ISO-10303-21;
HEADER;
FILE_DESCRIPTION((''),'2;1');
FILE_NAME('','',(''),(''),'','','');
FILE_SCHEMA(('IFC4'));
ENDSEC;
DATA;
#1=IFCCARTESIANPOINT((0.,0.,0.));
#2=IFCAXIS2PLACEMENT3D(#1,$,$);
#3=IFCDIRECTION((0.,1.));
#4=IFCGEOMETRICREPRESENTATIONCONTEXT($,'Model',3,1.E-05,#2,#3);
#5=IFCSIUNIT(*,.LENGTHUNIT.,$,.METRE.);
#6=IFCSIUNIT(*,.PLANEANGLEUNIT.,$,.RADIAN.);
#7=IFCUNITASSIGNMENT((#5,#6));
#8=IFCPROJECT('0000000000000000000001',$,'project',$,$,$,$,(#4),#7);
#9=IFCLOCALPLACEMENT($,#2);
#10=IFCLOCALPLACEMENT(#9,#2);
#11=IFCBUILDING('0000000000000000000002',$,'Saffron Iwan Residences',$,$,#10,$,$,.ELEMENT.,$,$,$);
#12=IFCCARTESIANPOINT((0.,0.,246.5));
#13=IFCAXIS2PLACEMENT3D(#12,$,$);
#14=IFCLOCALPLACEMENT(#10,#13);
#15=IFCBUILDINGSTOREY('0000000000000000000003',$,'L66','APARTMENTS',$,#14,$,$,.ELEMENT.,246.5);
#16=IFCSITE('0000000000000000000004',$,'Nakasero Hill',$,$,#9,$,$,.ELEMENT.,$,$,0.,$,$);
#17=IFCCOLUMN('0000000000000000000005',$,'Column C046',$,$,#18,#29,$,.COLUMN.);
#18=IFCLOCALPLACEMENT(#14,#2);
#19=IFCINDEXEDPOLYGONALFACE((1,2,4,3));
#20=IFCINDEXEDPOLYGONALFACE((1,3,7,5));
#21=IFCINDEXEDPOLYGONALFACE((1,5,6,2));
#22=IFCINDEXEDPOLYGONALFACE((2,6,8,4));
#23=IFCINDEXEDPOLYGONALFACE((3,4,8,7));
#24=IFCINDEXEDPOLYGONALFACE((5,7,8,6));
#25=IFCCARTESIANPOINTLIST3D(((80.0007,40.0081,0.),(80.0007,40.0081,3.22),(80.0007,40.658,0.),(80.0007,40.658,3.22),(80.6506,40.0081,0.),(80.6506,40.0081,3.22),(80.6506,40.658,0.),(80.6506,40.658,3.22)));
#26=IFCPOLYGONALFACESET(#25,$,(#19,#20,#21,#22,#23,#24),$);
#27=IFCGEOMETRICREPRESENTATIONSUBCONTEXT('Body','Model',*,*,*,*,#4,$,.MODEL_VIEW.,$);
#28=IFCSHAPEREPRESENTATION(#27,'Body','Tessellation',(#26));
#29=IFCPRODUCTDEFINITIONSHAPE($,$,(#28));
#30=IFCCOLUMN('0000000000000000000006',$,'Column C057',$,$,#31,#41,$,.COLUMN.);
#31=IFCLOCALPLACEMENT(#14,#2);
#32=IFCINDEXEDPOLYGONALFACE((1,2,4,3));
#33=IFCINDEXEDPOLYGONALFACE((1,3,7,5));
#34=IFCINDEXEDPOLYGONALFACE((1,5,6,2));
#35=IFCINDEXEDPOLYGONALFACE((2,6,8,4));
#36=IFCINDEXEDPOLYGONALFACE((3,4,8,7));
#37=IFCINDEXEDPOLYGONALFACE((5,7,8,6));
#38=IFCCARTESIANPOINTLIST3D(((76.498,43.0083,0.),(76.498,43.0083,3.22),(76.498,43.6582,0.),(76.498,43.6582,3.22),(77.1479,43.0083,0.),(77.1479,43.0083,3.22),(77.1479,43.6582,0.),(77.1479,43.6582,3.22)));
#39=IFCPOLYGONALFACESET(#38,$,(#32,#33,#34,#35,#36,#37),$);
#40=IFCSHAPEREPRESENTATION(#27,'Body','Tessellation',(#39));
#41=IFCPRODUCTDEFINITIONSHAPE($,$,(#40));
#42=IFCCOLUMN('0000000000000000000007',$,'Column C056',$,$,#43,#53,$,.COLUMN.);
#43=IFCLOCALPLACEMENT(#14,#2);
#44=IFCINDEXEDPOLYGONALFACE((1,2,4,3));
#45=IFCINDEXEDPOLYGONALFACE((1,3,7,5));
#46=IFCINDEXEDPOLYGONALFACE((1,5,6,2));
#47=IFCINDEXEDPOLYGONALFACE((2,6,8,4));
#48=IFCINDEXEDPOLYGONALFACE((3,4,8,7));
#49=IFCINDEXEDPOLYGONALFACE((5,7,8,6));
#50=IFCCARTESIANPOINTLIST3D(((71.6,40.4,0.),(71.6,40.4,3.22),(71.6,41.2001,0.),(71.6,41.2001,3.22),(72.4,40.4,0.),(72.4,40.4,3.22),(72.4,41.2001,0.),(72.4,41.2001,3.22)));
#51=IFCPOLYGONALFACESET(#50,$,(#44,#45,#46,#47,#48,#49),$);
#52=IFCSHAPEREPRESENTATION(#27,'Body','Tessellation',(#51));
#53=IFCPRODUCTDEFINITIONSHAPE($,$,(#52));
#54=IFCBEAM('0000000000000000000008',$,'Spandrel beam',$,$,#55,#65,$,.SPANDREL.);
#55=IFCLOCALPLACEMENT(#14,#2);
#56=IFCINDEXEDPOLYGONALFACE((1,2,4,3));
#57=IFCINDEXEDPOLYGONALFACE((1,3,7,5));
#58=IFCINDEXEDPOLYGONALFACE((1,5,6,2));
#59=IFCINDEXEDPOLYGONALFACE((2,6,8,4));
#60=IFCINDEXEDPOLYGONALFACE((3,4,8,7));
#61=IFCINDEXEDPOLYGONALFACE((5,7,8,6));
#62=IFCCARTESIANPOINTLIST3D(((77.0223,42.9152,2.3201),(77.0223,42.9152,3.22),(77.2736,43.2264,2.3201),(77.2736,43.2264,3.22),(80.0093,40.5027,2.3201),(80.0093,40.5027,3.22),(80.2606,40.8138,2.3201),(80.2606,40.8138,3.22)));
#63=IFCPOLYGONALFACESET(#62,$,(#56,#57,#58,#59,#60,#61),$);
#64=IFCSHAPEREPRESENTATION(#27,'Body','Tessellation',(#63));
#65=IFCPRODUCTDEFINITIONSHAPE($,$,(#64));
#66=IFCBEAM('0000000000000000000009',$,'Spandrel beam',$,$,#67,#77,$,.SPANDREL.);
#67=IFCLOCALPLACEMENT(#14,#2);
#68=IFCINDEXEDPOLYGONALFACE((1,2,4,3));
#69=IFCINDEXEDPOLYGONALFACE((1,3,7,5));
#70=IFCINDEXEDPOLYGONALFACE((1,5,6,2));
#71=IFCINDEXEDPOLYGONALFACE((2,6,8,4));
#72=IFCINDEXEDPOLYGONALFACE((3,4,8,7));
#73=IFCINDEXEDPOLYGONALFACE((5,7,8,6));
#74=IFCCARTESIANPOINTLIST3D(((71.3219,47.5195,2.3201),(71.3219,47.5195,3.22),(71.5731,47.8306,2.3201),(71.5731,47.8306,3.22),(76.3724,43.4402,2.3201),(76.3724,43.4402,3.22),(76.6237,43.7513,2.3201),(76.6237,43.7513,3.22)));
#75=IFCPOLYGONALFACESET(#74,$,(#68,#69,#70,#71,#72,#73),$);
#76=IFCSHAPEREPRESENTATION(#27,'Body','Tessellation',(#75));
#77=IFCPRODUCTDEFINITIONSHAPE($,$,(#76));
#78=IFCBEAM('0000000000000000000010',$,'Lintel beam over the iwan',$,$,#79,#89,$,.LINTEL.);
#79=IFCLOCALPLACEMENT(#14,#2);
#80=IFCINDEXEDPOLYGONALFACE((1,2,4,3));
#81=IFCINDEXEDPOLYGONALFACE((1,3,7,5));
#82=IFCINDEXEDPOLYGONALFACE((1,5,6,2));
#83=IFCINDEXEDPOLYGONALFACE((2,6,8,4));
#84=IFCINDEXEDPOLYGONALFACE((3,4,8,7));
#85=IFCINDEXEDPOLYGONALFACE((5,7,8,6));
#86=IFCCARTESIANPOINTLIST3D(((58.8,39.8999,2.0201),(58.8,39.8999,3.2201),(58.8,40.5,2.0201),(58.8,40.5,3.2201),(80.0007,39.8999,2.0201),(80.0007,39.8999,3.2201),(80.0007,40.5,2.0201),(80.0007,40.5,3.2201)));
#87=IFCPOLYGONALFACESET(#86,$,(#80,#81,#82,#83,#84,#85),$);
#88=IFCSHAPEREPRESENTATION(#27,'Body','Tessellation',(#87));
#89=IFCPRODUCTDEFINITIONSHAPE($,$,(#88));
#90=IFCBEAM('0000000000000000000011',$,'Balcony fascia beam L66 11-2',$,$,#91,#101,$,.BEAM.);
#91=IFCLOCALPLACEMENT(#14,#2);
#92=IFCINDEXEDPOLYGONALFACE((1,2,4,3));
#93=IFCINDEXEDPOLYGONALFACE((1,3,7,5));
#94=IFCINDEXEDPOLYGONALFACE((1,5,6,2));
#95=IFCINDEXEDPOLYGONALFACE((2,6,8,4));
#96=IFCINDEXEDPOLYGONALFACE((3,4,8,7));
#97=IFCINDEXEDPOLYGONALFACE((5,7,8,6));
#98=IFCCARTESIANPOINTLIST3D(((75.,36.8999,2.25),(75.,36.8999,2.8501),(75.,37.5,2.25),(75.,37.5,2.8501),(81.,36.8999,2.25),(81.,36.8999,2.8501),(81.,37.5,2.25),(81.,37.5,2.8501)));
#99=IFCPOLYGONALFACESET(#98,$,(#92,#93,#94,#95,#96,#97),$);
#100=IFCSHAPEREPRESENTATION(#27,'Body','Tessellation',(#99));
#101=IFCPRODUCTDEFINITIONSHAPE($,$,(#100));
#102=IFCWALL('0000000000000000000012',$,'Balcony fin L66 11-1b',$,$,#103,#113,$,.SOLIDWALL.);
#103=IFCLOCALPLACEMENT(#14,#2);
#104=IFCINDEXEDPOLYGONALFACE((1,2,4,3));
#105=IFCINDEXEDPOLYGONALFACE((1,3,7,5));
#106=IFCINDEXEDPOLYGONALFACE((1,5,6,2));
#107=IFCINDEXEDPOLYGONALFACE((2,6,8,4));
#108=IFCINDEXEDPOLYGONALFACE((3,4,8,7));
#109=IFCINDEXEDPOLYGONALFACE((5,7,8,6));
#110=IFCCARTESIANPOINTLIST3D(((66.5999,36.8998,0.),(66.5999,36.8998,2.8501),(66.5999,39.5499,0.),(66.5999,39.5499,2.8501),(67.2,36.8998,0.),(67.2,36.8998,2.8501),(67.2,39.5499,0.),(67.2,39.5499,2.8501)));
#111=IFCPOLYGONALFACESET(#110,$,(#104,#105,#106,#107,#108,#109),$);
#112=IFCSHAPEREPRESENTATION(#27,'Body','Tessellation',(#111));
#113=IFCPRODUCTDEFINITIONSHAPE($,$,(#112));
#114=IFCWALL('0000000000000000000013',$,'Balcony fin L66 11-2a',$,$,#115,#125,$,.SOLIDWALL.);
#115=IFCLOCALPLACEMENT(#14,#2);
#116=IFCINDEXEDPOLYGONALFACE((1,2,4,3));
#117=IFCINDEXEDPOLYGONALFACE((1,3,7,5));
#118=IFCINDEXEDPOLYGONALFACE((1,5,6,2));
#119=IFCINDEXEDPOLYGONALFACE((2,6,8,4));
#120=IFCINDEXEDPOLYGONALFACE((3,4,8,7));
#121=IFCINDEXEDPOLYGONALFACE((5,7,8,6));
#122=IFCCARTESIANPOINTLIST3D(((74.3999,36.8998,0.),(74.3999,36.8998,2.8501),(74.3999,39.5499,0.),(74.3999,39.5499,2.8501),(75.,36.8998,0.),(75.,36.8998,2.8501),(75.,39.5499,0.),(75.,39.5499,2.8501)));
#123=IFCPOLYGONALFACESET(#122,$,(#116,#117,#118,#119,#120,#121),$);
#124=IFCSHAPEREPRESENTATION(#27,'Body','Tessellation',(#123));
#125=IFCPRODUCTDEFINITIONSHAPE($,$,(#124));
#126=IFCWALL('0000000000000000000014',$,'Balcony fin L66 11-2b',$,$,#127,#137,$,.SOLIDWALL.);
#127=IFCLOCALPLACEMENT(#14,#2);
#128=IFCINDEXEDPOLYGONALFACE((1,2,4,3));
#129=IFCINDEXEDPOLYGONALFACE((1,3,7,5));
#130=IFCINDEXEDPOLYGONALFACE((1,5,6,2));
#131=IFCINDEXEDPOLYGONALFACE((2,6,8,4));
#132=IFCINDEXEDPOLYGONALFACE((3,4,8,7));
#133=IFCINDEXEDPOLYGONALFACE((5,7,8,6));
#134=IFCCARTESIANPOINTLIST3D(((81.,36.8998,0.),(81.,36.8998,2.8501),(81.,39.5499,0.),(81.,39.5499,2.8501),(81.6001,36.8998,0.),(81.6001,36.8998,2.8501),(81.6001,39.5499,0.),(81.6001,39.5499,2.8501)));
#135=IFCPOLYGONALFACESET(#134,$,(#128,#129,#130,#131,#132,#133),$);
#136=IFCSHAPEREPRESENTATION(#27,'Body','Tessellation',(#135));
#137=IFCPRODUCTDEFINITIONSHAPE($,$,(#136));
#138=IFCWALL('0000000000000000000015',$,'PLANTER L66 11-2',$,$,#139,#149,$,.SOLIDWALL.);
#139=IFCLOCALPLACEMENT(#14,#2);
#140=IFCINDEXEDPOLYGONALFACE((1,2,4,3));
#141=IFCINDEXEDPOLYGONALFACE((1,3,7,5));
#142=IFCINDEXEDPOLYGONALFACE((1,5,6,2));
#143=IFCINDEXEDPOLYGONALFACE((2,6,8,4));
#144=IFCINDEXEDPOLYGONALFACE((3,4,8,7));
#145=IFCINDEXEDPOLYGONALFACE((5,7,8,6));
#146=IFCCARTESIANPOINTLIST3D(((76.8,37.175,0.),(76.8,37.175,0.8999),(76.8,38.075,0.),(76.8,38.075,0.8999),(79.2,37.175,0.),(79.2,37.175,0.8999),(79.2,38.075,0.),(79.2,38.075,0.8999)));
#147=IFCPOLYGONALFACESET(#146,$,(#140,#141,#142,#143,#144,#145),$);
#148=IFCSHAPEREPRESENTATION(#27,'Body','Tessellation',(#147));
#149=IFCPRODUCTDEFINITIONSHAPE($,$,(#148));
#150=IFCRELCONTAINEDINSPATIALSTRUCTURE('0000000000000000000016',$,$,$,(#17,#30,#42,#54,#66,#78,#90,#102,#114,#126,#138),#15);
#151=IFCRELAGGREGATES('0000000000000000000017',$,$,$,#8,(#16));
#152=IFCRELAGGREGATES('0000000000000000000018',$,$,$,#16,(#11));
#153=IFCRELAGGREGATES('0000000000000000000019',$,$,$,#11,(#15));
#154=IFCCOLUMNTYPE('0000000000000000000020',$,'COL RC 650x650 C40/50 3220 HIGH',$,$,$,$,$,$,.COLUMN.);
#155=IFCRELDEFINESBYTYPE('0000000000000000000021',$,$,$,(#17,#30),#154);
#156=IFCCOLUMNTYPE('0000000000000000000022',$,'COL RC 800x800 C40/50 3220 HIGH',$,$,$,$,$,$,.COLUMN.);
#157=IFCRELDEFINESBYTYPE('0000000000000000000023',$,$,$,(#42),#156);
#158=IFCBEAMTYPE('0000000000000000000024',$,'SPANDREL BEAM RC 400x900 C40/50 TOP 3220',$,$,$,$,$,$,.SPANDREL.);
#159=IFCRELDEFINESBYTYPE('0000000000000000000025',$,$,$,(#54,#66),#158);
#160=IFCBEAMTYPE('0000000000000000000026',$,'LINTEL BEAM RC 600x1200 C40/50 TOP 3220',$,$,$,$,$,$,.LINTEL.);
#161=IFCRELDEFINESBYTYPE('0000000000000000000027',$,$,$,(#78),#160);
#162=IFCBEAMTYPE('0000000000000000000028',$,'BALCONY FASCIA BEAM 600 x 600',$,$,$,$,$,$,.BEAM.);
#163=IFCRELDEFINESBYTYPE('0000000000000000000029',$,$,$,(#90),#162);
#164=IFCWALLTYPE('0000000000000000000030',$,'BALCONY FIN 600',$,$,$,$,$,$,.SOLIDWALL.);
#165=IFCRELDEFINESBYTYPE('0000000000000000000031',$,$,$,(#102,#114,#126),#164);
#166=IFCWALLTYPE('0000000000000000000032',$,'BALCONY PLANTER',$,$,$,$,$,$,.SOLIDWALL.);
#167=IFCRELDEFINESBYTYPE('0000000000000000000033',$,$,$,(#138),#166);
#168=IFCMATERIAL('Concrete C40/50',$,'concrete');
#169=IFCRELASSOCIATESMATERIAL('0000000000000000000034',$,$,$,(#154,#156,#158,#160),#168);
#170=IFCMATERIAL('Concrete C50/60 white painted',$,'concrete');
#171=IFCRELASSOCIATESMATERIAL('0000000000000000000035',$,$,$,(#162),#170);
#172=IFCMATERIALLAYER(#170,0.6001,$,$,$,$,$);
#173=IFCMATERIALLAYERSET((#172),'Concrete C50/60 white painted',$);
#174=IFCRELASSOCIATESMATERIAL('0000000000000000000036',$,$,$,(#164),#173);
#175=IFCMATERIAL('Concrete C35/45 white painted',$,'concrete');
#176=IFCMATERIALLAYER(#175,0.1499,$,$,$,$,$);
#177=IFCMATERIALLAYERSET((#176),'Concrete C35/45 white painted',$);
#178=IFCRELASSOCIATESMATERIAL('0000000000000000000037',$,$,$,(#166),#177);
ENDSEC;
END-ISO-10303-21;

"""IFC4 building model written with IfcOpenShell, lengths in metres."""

from ifc_helpers import new_model, si_unit, direction, frame, frame_2d, origin, origin_2d, place, context, subcontext, project, spatial, rectangle, extrude, source, transform, mapped, material, layer, layer_set, material_profile, profile_set, type_object, element, save


model = new_model("IFC4")

# Units and contexts
model_context = context("Model", 3, precision=1e-05, world=origin(), true_north=direction((0.0, 1.0)))
body_context = subcontext(model_context, "Body", "Model", "MODEL_VIEW")
ifc_project = project(units=[si_unit("LENGTHUNIT", "METRE"), si_unit("PLANEANGLEUNIT", "RADIAN")], contexts=[model_context])

# Site, building, storey
site_placement = place(None, origin())
site = spatial("IfcSite", under=ifc_project, at=site_placement, Name="Nakasero Hill", CompositionType="ELEMENT", RefElevation=0.0)
building_placement = place(site_placement, origin())
building = spatial("IfcBuilding", under=site, at=building_placement, Name="Saffron Iwan Residences", CompositionType="ELEMENT")
storey_placement = place(building_placement, frame((0.0, 0.0, 246.5)))
storey = spatial("IfcBuildingStorey", under=building, at=storey_placement, Name="L66", Description="APARTMENTS", CompositionType="ELEMENT", Elevation=246.5)

# Columns
ifc_material_1 = material(Name="Concrete C40/50", Category="concrete")
ifc_material_profile_1 = material_profile(ifc_material_1, rectangle(XDim=0.6499, YDim=0.6499, at=origin_2d()), Name="RC 650x650")
ifc_profile_set_1 = profile_set([ifc_material_profile_1], Name="Concrete C40/50")
column_type_1 = type_object("IfcColumnType", Name="COL RC 650x650 C40/50 3220 HIGH", PredefinedType="COLUMN", material=ifc_profile_set_1)
shared_shape_1 = source(origin(), body_context, "Body", "SweptSolid", [
    extrude(rectangle(XDim=0.6499, YDim=0.6499, at=origin_2d()), origin(), (0.0, 0.0, 1.0), 3.22),
])
for number, where, z_axis, x_axis, name in (
    (1, (80.3257, 40.333, 0.0), (0.0, 0.0, 1.0), (1.0, 0.0, 0.0), "Column C046"),
    (2, (76.823, 43.3333, 0.0), (0.0, 0.0, 1.0), (1.0, 0.0, 0.0), "Column C057"),
):
    element("IfcColumn", number, at=place(storey_placement, frame(where, z_axis=z_axis, x_axis=x_axis)), inside=storey, type_object=column_type_1, Name=name, PredefinedType="COLUMN", context=body_context, shape_type="MappedRepresentation", body=[
        mapped(shared_shape_1, transform((0.0, 0.0, 0.0))),
    ])
ifc_material_profile_2 = material_profile(ifc_material_1, rectangle(XDim=0.8, YDim=0.8, at=origin_2d()), Name="RC 800x800")
ifc_profile_set_2 = profile_set([ifc_material_profile_2], Name="Concrete C40/50")
column_type_2 = type_object("IfcColumnType", Name="COL RC 800x800 C40/50 3220 HIGH", PredefinedType="COLUMN", material=ifc_profile_set_2)
shared_shape_2 = source(origin(), body_context, "Body", "SweptSolid", [
    extrude(rectangle(XDim=0.8, YDim=0.8, at=origin_2d()), origin(), (0.0, 0.0, 1.0), 3.22),
])
column_placement = place(storey_placement, frame((72.0, 40.8, 0.0), z_axis=(0.0, 0.0, 1.0), x_axis=(1.0, 0.0, 0.0)))
element("IfcColumn", 3, at=column_placement, inside=storey, type_object=column_type_2, Name="Column C056", PredefinedType="COLUMN", context=body_context, shape_type="MappedRepresentation", body=[
    mapped(shared_shape_2, transform((0.0, 0.0, 0.0))),
])

# Beams
ifc_material_profile_3 = material_profile(ifc_material_1, rectangle(XDim=0.3999, YDim=0.8999, at=origin_2d()), Name="RC 400x900")
ifc_profile_set_3 = profile_set([ifc_material_profile_3], Name="Concrete C40/50")
beam_type_1 = type_object("IfcBeamType", Name="SPANDREL BEAM RC 400x900 C40/50 TOP 3220", PredefinedType="SPANDREL", material=ifc_profile_set_3)
shared_shape_3 = source(origin(), body_context, "Body", "SweptSolid", [
    extrude(rectangle(XDim=0.3999, YDim=0.8999, at=origin_2d()), origin(), (0.0, 0.0, 1.0), 3.8396),
])
beam_1_placement = place(storey_placement, frame((77.1479, 43.0708, 2.77), z_axis=(0.777945, -0.628333, 0.0), x_axis=(0.628333, 0.777945, 0.0)))
element("IfcBeam", 4, at=beam_1_placement, inside=storey, type_object=beam_type_1, Name="Spandrel beam", PredefinedType="SPANDREL", context=body_context, shape_type="MappedRepresentation", body=[
    mapped(shared_shape_3, transform((0.0, 0.0, 0.0))),
])
shared_shape_4 = source(origin(), body_context, "Body", "SweptSolid", [
    extrude(rectangle(XDim=0.3999, YDim=0.8999, at=origin_2d()), origin(), (0.0, 0.0, 1.0), 6.4922),
])
beam_2_placement = place(storey_placement, frame((71.4475, 47.675, 2.77), z_axis=(0.777936, -0.628343, 0.0), x_axis=(0.628343, 0.777936, 0.0)))
element("IfcBeam", 5, at=beam_2_placement, inside=storey, type_object=beam_type_1, Name="Spandrel beam", PredefinedType="SPANDREL", context=body_context, shape_type="MappedRepresentation", body=[
    mapped(shared_shape_4, transform((0.0, 0.0, 0.0))),
])
ifc_material_profile_4 = material_profile(ifc_material_1, rectangle(XDim=0.6001, YDim=1.2, at=origin_2d()), Name="RC 600x1200")
ifc_profile_set_4 = profile_set([ifc_material_profile_4], Name="Concrete C40/50")
beam_type_2 = type_object("IfcBeamType", Name="LINTEL BEAM RC 600x1200 C40/50 TOP 3220", PredefinedType="LINTEL", material=ifc_profile_set_4)
shared_shape_5 = source(origin(), body_context, "Body", "SweptSolid", [
    extrude(rectangle(XDim=0.6001, YDim=1.2, at=origin_2d()), origin(), (0.0, 0.0, 1.0), 21.2007),
])
beam_3_placement = place(storey_placement, frame((80.0007, 40.2, 2.6201), z_axis=(-1.0, 0.0, 0.0), x_axis=(0.0, -1.0, 0.0)))
element("IfcBeam", 6, at=beam_3_placement, inside=storey, type_object=beam_type_2, Name="Lintel beam over the iwan", PredefinedType="LINTEL", context=body_context, shape_type="MappedRepresentation", body=[
    mapped(shared_shape_5, transform((0.0, 0.0, 0.0))),
])
ifc_material_2 = material(Name="Concrete C50/60 white painted", Category="concrete")
ifc_material_profile_5 = material_profile(ifc_material_2, rectangle(XDim=0.6001, YDim=0.6001, at=origin_2d()), Name="BALCONY FASCIA BEAM 600 x 600")
ifc_profile_set_5 = profile_set([ifc_material_profile_5], Name="Concrete C50/60 white painted")
beam_type_3 = type_object("IfcBeamType", Name="BALCONY FASCIA BEAM 600 x 600", PredefinedType="BEAM", material=ifc_profile_set_5)
shared_shape_6 = source(origin(), body_context, "Body", "SweptSolid", [
    extrude(rectangle(XDim=0.6001, YDim=0.6001, at=origin_2d()), origin(), (0.0, 0.0, 1.0), 6.0),
])
beam_4_placement = place(storey_placement, frame((75.0, 37.2, 2.55), z_axis=(1.0, 0.0, 0.0), x_axis=(0.0, 1.0, 0.0)))
element("IfcBeam", 7, at=beam_4_placement, inside=storey, type_object=beam_type_3, Name="Balcony fascia beam L66 11-2", PredefinedType="BEAM", context=body_context, shape_type="MappedRepresentation", body=[
    mapped(shared_shape_6, transform((0.0, 0.0, 0.0))),
])

# Walls
ifc_layer_1 = layer(ifc_material_2, 0.6001)
ifc_layer_set_1 = layer_set([ifc_layer_1], Name="Concrete C50/60 white painted")
wall_type_1 = type_object("IfcWallType", Name="BALCONY FIN 600", PredefinedType="SOLIDWALL", material=ifc_layer_set_1)
for number, where, z_axis, x_axis, name in (
    (8, (66.8999, 39.55, 0.0), (0.0, 0.0, 1.0), (0.0, -1.0, 0.0), "Balcony fin L66 11-1b"),
    (9, (74.7, 39.55, 0.0), (0.0, 0.0, 1.0), (0.0, -1.0, 0.0), "Balcony fin L66 11-2a"),
    (10, (81.3, 39.55, 0.0), (0.0, 0.0, 1.0), (0.0, -1.0, 0.0), "Balcony fin L66 11-2b"),
):
    element("IfcWall", number, at=place(storey_placement, frame(where, z_axis=z_axis, x_axis=x_axis)), inside=storey, type_object=wall_type_1, Name=name, PredefinedType="SOLIDWALL", context=body_context, shape_type="SweptSolid", body=[
        extrude(rectangle(XDim=2.6501, YDim=0.6001, at=frame_2d((1.3252, 0.0))), origin(), (0.0, 0.0, 1.0), 2.8501),
    ])
ifc_material_3 = material(Name="Concrete C35/45 white painted", Category="concrete")
ifc_layer_2 = layer(ifc_material_3, 0.1499)
ifc_layer_set_2 = layer_set([ifc_layer_2], Name="Concrete C35/45 white painted")
wall_type_2 = type_object("IfcWallType", Name="BALCONY PLANTER", PredefinedType="SOLIDWALL", material=ifc_layer_set_2)
wall_1_placement = place(storey_placement, frame((76.8, 37.625, 0.0), z_axis=(0.0, 0.0, 1.0), x_axis=(1.0, 0.0, 0.0)))
element("IfcWall", 11, at=wall_1_placement, inside=storey, type_object=wall_type_2, Name="PLANTER L66 11-2", PredefinedType="SOLIDWALL", context=body_context, shape_type="SweptSolid", body=[
    extrude(rectangle(XDim=2.3999, YDim=0.8999, at=frame_2d((1.2, 0.0))), origin(), (0.0, 0.0, 1.0), 0.8999),
])

save(model, "model.ifc")
